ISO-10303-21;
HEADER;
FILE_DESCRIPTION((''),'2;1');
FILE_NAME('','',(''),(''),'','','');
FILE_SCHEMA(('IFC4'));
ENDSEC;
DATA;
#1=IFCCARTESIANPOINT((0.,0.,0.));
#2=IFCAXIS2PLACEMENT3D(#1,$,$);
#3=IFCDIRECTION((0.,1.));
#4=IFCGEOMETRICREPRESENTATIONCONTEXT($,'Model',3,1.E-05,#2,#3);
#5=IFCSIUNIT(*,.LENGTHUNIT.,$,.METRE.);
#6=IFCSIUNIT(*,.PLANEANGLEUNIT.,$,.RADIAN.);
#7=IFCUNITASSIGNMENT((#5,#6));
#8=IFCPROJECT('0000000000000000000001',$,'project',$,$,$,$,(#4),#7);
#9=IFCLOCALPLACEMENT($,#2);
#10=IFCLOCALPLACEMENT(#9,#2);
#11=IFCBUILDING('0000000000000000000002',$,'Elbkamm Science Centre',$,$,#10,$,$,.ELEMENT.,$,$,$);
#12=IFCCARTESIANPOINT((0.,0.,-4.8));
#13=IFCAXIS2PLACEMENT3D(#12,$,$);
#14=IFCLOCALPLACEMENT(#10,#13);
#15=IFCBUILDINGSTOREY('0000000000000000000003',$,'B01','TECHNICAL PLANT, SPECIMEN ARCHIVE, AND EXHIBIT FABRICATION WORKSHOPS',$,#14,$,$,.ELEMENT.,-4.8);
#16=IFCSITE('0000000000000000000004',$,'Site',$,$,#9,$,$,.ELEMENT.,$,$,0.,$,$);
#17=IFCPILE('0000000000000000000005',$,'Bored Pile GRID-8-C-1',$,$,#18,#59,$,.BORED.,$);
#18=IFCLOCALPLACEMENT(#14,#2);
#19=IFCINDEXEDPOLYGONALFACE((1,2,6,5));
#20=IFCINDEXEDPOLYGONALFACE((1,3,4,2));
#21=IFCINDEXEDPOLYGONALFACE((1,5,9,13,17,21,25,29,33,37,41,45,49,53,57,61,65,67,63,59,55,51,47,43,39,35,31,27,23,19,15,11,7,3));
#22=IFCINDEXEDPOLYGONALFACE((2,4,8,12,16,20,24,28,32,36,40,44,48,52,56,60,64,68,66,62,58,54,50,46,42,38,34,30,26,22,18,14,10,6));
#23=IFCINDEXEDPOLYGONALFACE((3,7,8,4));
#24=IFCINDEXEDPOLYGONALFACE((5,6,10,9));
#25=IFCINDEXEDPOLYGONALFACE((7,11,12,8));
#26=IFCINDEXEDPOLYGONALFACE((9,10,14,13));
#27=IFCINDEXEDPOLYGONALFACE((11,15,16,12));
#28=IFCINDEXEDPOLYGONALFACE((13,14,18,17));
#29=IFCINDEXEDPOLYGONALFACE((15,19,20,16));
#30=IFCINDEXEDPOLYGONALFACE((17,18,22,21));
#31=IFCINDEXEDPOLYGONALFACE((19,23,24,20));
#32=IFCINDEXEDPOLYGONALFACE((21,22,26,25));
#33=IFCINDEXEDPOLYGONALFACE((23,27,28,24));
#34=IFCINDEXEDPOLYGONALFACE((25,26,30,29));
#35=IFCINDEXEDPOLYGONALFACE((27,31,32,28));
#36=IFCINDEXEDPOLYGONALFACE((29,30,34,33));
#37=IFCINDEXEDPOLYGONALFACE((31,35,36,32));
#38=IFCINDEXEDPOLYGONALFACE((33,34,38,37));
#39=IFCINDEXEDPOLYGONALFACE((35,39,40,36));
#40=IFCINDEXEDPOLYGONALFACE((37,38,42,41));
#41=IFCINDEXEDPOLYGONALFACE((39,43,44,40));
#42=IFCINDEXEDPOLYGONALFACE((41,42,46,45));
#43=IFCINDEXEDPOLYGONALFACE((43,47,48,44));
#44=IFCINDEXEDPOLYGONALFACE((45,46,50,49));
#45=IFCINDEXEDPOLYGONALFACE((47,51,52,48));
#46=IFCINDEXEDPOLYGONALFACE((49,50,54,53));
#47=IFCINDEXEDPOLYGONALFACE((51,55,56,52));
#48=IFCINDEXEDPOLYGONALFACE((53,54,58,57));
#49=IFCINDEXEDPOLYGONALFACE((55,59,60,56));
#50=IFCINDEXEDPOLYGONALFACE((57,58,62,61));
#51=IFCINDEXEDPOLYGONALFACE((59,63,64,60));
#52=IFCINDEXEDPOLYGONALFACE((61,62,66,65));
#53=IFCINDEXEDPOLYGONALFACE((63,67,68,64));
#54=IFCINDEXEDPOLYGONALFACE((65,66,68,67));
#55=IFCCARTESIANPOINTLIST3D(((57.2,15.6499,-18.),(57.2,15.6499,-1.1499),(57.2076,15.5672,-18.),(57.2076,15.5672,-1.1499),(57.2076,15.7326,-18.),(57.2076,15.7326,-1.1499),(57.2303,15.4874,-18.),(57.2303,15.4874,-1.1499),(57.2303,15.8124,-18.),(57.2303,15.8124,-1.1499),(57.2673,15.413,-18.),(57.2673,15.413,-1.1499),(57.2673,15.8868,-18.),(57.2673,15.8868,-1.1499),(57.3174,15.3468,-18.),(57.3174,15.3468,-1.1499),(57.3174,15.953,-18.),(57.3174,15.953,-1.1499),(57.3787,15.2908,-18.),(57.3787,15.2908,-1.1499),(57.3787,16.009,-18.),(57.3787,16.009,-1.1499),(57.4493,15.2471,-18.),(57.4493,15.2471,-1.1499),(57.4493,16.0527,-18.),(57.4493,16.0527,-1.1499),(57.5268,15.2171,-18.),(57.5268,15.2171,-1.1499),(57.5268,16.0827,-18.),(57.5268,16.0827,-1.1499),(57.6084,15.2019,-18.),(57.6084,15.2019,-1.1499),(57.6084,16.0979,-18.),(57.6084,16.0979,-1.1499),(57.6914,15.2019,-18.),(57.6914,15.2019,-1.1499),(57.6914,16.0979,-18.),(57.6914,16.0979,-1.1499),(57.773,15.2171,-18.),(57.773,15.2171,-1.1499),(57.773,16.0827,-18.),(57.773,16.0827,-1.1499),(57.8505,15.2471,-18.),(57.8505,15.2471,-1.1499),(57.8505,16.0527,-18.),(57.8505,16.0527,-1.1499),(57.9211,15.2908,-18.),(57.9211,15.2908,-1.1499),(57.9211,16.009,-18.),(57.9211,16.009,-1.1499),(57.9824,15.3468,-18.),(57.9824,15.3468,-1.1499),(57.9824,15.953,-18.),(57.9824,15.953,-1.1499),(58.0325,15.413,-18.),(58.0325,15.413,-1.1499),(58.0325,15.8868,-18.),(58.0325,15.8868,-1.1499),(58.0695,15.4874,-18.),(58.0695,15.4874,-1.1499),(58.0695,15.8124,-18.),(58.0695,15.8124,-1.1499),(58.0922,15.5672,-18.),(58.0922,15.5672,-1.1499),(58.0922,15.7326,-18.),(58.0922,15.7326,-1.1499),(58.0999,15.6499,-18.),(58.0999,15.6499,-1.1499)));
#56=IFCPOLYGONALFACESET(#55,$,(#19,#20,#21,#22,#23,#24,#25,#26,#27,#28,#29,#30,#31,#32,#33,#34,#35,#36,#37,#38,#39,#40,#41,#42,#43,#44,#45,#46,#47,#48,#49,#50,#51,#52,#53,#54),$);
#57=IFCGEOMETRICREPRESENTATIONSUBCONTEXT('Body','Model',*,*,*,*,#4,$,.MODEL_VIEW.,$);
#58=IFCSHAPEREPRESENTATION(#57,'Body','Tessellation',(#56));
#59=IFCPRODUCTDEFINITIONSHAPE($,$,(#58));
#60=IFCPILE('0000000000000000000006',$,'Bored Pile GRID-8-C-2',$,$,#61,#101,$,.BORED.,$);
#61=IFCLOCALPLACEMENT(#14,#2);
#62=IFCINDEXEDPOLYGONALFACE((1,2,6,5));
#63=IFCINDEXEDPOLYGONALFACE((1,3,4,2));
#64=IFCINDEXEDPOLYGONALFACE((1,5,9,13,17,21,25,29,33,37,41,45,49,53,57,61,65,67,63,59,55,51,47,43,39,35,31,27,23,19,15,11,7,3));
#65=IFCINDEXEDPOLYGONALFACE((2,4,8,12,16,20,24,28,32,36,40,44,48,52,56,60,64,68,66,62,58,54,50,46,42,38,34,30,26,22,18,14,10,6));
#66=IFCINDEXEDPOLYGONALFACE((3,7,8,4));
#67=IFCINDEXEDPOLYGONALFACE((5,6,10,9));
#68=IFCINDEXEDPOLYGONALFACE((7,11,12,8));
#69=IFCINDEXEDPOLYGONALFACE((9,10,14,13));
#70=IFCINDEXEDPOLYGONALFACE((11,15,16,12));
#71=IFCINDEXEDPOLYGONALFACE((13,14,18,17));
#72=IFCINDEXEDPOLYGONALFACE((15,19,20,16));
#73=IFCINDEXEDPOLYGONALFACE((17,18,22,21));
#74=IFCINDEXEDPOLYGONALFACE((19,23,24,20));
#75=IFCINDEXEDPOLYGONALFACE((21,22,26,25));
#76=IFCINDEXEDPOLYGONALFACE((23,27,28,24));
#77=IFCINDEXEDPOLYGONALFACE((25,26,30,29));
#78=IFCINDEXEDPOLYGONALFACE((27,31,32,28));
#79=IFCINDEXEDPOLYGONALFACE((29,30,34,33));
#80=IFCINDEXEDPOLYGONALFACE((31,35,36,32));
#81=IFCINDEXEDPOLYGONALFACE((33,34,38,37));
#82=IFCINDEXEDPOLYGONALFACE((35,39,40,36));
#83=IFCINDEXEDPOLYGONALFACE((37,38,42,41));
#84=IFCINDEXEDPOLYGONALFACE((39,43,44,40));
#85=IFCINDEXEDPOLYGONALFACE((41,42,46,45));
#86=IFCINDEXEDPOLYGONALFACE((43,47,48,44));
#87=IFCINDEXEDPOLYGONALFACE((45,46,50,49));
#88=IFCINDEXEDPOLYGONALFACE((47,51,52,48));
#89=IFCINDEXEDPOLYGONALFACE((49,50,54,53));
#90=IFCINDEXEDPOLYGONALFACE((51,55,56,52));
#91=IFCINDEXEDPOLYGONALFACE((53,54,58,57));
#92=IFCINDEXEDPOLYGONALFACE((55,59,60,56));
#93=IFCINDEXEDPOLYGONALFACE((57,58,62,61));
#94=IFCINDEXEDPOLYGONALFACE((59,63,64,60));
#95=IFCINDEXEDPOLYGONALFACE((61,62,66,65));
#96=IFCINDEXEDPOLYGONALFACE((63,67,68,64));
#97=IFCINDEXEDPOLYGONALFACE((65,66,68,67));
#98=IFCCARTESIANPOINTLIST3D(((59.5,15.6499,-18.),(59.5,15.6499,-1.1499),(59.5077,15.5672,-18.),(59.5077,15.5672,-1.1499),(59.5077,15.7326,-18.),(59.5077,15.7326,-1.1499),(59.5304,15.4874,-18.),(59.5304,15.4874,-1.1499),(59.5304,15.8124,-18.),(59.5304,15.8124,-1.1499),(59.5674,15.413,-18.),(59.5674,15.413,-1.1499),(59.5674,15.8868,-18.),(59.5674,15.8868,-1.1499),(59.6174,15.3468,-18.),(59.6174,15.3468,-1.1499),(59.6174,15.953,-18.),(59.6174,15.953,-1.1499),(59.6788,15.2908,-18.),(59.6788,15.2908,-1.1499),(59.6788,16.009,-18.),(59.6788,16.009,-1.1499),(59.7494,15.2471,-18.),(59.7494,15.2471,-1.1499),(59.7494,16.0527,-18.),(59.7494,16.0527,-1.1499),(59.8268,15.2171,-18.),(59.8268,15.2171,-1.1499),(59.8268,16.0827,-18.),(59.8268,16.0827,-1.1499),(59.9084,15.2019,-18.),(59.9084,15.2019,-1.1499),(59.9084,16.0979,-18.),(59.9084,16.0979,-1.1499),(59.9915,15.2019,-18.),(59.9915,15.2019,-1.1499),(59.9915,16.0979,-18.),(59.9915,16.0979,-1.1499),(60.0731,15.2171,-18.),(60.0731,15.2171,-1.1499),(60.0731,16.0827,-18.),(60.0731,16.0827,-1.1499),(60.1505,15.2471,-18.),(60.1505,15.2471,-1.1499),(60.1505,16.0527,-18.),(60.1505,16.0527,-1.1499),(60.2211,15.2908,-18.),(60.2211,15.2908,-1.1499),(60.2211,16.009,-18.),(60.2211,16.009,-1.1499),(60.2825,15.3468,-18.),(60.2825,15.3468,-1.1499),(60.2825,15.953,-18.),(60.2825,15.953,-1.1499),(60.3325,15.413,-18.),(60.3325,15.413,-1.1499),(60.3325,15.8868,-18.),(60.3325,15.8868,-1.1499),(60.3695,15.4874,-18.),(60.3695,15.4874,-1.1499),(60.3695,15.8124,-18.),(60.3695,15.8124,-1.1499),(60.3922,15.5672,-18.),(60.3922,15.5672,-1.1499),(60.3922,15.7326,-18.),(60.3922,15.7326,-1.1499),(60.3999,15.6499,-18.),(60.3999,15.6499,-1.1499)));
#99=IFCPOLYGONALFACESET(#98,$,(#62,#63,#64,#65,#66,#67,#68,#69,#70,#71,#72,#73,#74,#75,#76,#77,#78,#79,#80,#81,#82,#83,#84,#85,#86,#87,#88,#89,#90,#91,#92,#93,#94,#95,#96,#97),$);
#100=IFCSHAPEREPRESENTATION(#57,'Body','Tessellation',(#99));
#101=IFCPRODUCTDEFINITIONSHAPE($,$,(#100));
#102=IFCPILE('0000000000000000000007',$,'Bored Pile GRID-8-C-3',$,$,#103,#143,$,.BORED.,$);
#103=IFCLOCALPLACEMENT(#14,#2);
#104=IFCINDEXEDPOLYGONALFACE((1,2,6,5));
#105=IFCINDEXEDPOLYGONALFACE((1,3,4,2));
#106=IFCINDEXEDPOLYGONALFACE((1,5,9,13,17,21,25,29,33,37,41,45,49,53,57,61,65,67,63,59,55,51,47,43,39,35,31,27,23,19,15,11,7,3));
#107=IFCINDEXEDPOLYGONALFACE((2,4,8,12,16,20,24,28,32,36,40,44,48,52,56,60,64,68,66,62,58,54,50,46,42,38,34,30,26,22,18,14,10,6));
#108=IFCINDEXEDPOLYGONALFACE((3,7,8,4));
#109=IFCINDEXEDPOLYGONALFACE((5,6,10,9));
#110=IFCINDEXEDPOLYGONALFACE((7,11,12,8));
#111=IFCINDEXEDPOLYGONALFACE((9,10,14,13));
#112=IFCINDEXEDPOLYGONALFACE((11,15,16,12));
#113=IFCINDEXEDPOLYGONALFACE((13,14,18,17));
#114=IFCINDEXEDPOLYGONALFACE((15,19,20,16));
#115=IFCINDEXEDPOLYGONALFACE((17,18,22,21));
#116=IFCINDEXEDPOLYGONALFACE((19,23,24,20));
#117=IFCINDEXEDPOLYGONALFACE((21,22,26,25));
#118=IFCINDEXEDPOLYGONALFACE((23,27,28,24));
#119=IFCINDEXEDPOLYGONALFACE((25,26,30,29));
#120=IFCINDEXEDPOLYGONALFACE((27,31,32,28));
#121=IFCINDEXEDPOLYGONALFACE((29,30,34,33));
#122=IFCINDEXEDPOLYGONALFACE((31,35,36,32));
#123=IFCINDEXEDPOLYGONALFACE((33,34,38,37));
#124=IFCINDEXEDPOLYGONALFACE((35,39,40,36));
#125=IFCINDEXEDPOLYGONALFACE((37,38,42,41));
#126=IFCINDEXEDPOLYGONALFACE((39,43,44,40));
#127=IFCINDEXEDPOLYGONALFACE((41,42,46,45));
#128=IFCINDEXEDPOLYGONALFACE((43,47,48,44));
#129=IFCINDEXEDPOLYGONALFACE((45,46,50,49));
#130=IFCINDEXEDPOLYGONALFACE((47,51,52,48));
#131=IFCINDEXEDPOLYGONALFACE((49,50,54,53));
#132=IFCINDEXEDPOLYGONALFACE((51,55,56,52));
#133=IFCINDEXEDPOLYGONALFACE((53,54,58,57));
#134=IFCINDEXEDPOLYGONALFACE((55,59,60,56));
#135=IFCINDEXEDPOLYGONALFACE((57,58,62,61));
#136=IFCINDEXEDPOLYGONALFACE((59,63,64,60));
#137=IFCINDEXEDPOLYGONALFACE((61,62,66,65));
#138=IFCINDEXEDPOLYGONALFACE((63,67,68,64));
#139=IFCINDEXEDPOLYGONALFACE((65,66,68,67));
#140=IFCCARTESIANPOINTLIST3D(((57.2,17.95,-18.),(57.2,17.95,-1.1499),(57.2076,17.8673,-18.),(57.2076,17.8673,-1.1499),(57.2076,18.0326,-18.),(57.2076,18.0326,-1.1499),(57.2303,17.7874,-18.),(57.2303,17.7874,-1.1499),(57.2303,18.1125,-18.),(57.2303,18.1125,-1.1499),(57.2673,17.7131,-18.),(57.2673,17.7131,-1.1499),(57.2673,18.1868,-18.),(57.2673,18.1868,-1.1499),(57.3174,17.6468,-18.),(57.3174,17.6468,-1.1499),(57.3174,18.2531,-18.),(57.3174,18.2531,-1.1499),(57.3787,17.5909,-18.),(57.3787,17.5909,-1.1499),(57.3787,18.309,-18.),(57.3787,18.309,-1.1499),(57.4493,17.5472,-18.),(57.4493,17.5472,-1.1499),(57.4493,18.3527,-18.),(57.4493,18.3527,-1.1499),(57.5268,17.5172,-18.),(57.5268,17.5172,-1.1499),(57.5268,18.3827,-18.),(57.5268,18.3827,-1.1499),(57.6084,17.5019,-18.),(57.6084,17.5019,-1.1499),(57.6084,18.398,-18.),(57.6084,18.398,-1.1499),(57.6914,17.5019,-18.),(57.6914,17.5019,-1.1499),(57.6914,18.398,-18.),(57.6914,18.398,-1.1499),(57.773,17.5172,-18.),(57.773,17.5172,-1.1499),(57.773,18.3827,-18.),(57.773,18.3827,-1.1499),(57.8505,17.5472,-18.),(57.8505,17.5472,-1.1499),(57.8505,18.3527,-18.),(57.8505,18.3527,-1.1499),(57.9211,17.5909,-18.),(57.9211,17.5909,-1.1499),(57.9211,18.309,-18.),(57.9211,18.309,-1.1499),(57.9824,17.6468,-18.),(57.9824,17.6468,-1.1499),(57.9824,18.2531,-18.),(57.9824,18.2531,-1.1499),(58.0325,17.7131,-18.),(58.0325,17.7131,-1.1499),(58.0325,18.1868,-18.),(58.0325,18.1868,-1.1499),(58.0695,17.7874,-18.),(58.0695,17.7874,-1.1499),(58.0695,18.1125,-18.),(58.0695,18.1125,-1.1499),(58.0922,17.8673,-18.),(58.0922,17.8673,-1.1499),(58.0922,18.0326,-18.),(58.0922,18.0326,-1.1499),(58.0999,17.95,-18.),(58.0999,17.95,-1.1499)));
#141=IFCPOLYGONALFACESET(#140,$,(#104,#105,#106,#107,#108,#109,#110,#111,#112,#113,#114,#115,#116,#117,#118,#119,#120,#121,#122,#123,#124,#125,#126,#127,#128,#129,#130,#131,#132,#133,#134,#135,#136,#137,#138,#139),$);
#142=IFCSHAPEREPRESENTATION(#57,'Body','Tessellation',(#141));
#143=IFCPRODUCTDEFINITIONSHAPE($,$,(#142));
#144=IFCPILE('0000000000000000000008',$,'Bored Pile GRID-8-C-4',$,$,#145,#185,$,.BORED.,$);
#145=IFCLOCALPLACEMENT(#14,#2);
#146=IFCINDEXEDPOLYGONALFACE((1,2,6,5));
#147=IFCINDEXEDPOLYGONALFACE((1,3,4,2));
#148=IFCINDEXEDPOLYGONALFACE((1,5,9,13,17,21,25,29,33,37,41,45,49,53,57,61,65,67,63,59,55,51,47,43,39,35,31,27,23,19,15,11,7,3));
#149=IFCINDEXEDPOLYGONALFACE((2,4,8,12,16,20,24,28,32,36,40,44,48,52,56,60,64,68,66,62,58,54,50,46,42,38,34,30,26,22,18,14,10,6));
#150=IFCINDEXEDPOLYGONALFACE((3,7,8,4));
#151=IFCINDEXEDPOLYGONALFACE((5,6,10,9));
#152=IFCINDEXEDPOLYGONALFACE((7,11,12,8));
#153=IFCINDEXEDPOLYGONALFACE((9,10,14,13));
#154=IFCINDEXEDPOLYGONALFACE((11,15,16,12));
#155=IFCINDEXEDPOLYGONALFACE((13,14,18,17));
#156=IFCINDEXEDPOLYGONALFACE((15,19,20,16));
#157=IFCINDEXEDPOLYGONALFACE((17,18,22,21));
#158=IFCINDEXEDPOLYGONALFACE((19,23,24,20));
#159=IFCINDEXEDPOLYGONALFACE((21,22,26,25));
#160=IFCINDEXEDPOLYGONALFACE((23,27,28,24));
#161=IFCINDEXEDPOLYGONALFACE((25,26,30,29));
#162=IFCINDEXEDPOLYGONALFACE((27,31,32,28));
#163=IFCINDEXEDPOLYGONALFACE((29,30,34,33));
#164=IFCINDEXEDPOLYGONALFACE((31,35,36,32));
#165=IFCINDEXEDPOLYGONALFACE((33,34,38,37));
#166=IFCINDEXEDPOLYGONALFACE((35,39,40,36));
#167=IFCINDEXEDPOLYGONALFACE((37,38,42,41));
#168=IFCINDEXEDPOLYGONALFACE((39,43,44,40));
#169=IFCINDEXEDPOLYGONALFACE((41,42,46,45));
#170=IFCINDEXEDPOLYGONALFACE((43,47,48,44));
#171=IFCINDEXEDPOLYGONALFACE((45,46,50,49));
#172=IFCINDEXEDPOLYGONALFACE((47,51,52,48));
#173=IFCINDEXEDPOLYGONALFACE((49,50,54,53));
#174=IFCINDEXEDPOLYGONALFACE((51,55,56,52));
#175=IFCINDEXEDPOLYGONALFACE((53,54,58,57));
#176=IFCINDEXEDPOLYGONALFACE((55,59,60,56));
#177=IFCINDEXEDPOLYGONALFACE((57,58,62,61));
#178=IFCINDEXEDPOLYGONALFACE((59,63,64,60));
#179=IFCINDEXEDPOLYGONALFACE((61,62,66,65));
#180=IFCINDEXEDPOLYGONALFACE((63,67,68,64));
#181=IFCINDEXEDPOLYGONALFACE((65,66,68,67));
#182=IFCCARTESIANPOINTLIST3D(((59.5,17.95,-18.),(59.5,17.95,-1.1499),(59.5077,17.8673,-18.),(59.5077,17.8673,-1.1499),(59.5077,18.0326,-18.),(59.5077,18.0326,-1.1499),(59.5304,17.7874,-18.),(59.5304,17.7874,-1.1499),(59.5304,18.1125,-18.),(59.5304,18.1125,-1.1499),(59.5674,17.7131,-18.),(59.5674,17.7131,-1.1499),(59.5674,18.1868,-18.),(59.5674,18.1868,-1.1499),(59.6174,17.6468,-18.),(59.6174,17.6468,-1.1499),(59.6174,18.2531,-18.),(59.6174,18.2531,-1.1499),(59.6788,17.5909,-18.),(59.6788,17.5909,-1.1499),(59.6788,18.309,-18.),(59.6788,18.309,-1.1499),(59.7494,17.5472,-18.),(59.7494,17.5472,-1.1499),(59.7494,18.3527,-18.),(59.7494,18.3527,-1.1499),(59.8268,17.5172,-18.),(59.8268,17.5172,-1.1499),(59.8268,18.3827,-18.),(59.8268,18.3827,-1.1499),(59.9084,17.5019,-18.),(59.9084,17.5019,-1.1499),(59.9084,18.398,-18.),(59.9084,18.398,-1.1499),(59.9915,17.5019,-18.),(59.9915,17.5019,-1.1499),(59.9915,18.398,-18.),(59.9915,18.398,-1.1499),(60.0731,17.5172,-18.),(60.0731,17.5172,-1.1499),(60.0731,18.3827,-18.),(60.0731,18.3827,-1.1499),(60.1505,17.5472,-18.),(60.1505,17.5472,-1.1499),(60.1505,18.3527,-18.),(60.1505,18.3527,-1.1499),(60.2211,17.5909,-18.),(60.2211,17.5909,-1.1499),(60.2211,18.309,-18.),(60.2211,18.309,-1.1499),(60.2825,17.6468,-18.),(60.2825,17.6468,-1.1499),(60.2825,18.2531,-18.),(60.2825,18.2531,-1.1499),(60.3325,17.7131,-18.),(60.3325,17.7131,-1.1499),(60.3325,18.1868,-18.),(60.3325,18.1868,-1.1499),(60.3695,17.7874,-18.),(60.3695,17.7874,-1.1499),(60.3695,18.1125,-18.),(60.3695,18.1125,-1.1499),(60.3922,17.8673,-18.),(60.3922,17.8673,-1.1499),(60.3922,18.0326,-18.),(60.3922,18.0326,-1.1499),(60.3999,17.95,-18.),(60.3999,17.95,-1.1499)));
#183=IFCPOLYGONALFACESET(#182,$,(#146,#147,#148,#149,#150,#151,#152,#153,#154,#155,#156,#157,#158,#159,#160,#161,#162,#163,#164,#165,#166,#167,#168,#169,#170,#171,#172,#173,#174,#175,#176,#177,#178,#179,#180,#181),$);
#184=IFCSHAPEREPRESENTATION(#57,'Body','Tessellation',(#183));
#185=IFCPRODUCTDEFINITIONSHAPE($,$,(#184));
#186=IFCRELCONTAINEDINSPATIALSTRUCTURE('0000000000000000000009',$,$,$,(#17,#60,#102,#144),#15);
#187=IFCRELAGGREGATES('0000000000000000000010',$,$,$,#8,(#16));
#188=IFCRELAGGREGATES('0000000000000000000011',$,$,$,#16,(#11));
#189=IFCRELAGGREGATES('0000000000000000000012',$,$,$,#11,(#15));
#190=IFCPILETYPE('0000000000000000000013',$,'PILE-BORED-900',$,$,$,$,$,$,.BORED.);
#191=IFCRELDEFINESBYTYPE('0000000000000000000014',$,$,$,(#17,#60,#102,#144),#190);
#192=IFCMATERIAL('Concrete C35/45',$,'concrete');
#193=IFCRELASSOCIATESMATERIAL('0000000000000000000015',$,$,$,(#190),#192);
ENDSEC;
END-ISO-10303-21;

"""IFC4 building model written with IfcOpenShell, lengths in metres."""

from ifc_helpers import new_model, si_unit, direction, frame, origin, origin_2d, place, context, subcontext, project, spatial, circle, extrude, material, material_profile, profile_set, type_object, element, save


model = new_model("IFC4")

# Units and contexts
model_context = context("Model", 3, precision=1e-05, world=origin(), true_north=direction((0.0, 1.0)))
body_context = subcontext(model_context, "Body", "Model", "MODEL_VIEW")
ifc_project = project(units=[si_unit("LENGTHUNIT", "METRE"), si_unit("PLANEANGLEUNIT", "RADIAN")], contexts=[model_context])

# Site, building, storey
site_placement = place(None, origin())
site = spatial("IfcSite", under=ifc_project, at=site_placement, Name="Site", CompositionType="ELEMENT", RefElevation=0.0)
building_placement = place(site_placement, origin())
building = spatial("IfcBuilding", under=site, at=building_placement, Name="Elbkamm Science Centre", CompositionType="ELEMENT")
storey_placement = place(building_placement, frame((0.0, 0.0, -4.8)))
storey = spatial("IfcBuildingStorey", under=building, at=storey_placement, Name="B01", Description="TECHNICAL PLANT, SPECIMEN ARCHIVE, AND EXHIBIT FABRICATION WORKSHOPS", CompositionType="ELEMENT", Elevation=-4.8)

# Shared definitions
ifc_material_1 = material(Name="Concrete C35/45", Category="concrete")

# Piles
ifc_material_profile_1 = material_profile(ifc_material_1, circle(Radius=0.45, at=origin_2d()), Name="PILE D900")
ifc_profile_set_1 = profile_set([ifc_material_profile_1], Name="Concrete C35/45")
pile_type = type_object("IfcPileType", Name="PILE-BORED-900", PredefinedType="BORED", material=ifc_profile_set_1)
for number, where, z_axis, x_axis, name in (
    (1, (57.6499, 15.6499, -1.1499), (0.0, 0.0, -1.0), (1.0, 0.0, 0.0), "Bored Pile GRID-8-C-1"),
    (2, (59.95, 15.6499, -1.1499), (0.0, 0.0, -1.0), (1.0, 0.0, 0.0), "Bored Pile GRID-8-C-2"),
    (3, (57.6499, 17.95, -1.1499), (0.0, 0.0, -1.0), (1.0, 0.0, 0.0), "Bored Pile GRID-8-C-3"),
    (4, (59.95, 17.95, -1.1499), (0.0, 0.0, -1.0), (1.0, 0.0, 0.0), "Bored Pile GRID-8-C-4"),
):
    element("IfcPile", number, at=place(storey_placement, frame(where, z_axis=z_axis, x_axis=x_axis)), inside=storey, type_object=pile_type, Name=name, PredefinedType="BORED", context=body_context, shape_type="SweptSolid", body=[
        extrude(circle(Radius=0.45, at=origin_2d()), origin(), (0.0, 0.0, 1.0), 16.8501),
    ])

save(model, "model.ifc")
